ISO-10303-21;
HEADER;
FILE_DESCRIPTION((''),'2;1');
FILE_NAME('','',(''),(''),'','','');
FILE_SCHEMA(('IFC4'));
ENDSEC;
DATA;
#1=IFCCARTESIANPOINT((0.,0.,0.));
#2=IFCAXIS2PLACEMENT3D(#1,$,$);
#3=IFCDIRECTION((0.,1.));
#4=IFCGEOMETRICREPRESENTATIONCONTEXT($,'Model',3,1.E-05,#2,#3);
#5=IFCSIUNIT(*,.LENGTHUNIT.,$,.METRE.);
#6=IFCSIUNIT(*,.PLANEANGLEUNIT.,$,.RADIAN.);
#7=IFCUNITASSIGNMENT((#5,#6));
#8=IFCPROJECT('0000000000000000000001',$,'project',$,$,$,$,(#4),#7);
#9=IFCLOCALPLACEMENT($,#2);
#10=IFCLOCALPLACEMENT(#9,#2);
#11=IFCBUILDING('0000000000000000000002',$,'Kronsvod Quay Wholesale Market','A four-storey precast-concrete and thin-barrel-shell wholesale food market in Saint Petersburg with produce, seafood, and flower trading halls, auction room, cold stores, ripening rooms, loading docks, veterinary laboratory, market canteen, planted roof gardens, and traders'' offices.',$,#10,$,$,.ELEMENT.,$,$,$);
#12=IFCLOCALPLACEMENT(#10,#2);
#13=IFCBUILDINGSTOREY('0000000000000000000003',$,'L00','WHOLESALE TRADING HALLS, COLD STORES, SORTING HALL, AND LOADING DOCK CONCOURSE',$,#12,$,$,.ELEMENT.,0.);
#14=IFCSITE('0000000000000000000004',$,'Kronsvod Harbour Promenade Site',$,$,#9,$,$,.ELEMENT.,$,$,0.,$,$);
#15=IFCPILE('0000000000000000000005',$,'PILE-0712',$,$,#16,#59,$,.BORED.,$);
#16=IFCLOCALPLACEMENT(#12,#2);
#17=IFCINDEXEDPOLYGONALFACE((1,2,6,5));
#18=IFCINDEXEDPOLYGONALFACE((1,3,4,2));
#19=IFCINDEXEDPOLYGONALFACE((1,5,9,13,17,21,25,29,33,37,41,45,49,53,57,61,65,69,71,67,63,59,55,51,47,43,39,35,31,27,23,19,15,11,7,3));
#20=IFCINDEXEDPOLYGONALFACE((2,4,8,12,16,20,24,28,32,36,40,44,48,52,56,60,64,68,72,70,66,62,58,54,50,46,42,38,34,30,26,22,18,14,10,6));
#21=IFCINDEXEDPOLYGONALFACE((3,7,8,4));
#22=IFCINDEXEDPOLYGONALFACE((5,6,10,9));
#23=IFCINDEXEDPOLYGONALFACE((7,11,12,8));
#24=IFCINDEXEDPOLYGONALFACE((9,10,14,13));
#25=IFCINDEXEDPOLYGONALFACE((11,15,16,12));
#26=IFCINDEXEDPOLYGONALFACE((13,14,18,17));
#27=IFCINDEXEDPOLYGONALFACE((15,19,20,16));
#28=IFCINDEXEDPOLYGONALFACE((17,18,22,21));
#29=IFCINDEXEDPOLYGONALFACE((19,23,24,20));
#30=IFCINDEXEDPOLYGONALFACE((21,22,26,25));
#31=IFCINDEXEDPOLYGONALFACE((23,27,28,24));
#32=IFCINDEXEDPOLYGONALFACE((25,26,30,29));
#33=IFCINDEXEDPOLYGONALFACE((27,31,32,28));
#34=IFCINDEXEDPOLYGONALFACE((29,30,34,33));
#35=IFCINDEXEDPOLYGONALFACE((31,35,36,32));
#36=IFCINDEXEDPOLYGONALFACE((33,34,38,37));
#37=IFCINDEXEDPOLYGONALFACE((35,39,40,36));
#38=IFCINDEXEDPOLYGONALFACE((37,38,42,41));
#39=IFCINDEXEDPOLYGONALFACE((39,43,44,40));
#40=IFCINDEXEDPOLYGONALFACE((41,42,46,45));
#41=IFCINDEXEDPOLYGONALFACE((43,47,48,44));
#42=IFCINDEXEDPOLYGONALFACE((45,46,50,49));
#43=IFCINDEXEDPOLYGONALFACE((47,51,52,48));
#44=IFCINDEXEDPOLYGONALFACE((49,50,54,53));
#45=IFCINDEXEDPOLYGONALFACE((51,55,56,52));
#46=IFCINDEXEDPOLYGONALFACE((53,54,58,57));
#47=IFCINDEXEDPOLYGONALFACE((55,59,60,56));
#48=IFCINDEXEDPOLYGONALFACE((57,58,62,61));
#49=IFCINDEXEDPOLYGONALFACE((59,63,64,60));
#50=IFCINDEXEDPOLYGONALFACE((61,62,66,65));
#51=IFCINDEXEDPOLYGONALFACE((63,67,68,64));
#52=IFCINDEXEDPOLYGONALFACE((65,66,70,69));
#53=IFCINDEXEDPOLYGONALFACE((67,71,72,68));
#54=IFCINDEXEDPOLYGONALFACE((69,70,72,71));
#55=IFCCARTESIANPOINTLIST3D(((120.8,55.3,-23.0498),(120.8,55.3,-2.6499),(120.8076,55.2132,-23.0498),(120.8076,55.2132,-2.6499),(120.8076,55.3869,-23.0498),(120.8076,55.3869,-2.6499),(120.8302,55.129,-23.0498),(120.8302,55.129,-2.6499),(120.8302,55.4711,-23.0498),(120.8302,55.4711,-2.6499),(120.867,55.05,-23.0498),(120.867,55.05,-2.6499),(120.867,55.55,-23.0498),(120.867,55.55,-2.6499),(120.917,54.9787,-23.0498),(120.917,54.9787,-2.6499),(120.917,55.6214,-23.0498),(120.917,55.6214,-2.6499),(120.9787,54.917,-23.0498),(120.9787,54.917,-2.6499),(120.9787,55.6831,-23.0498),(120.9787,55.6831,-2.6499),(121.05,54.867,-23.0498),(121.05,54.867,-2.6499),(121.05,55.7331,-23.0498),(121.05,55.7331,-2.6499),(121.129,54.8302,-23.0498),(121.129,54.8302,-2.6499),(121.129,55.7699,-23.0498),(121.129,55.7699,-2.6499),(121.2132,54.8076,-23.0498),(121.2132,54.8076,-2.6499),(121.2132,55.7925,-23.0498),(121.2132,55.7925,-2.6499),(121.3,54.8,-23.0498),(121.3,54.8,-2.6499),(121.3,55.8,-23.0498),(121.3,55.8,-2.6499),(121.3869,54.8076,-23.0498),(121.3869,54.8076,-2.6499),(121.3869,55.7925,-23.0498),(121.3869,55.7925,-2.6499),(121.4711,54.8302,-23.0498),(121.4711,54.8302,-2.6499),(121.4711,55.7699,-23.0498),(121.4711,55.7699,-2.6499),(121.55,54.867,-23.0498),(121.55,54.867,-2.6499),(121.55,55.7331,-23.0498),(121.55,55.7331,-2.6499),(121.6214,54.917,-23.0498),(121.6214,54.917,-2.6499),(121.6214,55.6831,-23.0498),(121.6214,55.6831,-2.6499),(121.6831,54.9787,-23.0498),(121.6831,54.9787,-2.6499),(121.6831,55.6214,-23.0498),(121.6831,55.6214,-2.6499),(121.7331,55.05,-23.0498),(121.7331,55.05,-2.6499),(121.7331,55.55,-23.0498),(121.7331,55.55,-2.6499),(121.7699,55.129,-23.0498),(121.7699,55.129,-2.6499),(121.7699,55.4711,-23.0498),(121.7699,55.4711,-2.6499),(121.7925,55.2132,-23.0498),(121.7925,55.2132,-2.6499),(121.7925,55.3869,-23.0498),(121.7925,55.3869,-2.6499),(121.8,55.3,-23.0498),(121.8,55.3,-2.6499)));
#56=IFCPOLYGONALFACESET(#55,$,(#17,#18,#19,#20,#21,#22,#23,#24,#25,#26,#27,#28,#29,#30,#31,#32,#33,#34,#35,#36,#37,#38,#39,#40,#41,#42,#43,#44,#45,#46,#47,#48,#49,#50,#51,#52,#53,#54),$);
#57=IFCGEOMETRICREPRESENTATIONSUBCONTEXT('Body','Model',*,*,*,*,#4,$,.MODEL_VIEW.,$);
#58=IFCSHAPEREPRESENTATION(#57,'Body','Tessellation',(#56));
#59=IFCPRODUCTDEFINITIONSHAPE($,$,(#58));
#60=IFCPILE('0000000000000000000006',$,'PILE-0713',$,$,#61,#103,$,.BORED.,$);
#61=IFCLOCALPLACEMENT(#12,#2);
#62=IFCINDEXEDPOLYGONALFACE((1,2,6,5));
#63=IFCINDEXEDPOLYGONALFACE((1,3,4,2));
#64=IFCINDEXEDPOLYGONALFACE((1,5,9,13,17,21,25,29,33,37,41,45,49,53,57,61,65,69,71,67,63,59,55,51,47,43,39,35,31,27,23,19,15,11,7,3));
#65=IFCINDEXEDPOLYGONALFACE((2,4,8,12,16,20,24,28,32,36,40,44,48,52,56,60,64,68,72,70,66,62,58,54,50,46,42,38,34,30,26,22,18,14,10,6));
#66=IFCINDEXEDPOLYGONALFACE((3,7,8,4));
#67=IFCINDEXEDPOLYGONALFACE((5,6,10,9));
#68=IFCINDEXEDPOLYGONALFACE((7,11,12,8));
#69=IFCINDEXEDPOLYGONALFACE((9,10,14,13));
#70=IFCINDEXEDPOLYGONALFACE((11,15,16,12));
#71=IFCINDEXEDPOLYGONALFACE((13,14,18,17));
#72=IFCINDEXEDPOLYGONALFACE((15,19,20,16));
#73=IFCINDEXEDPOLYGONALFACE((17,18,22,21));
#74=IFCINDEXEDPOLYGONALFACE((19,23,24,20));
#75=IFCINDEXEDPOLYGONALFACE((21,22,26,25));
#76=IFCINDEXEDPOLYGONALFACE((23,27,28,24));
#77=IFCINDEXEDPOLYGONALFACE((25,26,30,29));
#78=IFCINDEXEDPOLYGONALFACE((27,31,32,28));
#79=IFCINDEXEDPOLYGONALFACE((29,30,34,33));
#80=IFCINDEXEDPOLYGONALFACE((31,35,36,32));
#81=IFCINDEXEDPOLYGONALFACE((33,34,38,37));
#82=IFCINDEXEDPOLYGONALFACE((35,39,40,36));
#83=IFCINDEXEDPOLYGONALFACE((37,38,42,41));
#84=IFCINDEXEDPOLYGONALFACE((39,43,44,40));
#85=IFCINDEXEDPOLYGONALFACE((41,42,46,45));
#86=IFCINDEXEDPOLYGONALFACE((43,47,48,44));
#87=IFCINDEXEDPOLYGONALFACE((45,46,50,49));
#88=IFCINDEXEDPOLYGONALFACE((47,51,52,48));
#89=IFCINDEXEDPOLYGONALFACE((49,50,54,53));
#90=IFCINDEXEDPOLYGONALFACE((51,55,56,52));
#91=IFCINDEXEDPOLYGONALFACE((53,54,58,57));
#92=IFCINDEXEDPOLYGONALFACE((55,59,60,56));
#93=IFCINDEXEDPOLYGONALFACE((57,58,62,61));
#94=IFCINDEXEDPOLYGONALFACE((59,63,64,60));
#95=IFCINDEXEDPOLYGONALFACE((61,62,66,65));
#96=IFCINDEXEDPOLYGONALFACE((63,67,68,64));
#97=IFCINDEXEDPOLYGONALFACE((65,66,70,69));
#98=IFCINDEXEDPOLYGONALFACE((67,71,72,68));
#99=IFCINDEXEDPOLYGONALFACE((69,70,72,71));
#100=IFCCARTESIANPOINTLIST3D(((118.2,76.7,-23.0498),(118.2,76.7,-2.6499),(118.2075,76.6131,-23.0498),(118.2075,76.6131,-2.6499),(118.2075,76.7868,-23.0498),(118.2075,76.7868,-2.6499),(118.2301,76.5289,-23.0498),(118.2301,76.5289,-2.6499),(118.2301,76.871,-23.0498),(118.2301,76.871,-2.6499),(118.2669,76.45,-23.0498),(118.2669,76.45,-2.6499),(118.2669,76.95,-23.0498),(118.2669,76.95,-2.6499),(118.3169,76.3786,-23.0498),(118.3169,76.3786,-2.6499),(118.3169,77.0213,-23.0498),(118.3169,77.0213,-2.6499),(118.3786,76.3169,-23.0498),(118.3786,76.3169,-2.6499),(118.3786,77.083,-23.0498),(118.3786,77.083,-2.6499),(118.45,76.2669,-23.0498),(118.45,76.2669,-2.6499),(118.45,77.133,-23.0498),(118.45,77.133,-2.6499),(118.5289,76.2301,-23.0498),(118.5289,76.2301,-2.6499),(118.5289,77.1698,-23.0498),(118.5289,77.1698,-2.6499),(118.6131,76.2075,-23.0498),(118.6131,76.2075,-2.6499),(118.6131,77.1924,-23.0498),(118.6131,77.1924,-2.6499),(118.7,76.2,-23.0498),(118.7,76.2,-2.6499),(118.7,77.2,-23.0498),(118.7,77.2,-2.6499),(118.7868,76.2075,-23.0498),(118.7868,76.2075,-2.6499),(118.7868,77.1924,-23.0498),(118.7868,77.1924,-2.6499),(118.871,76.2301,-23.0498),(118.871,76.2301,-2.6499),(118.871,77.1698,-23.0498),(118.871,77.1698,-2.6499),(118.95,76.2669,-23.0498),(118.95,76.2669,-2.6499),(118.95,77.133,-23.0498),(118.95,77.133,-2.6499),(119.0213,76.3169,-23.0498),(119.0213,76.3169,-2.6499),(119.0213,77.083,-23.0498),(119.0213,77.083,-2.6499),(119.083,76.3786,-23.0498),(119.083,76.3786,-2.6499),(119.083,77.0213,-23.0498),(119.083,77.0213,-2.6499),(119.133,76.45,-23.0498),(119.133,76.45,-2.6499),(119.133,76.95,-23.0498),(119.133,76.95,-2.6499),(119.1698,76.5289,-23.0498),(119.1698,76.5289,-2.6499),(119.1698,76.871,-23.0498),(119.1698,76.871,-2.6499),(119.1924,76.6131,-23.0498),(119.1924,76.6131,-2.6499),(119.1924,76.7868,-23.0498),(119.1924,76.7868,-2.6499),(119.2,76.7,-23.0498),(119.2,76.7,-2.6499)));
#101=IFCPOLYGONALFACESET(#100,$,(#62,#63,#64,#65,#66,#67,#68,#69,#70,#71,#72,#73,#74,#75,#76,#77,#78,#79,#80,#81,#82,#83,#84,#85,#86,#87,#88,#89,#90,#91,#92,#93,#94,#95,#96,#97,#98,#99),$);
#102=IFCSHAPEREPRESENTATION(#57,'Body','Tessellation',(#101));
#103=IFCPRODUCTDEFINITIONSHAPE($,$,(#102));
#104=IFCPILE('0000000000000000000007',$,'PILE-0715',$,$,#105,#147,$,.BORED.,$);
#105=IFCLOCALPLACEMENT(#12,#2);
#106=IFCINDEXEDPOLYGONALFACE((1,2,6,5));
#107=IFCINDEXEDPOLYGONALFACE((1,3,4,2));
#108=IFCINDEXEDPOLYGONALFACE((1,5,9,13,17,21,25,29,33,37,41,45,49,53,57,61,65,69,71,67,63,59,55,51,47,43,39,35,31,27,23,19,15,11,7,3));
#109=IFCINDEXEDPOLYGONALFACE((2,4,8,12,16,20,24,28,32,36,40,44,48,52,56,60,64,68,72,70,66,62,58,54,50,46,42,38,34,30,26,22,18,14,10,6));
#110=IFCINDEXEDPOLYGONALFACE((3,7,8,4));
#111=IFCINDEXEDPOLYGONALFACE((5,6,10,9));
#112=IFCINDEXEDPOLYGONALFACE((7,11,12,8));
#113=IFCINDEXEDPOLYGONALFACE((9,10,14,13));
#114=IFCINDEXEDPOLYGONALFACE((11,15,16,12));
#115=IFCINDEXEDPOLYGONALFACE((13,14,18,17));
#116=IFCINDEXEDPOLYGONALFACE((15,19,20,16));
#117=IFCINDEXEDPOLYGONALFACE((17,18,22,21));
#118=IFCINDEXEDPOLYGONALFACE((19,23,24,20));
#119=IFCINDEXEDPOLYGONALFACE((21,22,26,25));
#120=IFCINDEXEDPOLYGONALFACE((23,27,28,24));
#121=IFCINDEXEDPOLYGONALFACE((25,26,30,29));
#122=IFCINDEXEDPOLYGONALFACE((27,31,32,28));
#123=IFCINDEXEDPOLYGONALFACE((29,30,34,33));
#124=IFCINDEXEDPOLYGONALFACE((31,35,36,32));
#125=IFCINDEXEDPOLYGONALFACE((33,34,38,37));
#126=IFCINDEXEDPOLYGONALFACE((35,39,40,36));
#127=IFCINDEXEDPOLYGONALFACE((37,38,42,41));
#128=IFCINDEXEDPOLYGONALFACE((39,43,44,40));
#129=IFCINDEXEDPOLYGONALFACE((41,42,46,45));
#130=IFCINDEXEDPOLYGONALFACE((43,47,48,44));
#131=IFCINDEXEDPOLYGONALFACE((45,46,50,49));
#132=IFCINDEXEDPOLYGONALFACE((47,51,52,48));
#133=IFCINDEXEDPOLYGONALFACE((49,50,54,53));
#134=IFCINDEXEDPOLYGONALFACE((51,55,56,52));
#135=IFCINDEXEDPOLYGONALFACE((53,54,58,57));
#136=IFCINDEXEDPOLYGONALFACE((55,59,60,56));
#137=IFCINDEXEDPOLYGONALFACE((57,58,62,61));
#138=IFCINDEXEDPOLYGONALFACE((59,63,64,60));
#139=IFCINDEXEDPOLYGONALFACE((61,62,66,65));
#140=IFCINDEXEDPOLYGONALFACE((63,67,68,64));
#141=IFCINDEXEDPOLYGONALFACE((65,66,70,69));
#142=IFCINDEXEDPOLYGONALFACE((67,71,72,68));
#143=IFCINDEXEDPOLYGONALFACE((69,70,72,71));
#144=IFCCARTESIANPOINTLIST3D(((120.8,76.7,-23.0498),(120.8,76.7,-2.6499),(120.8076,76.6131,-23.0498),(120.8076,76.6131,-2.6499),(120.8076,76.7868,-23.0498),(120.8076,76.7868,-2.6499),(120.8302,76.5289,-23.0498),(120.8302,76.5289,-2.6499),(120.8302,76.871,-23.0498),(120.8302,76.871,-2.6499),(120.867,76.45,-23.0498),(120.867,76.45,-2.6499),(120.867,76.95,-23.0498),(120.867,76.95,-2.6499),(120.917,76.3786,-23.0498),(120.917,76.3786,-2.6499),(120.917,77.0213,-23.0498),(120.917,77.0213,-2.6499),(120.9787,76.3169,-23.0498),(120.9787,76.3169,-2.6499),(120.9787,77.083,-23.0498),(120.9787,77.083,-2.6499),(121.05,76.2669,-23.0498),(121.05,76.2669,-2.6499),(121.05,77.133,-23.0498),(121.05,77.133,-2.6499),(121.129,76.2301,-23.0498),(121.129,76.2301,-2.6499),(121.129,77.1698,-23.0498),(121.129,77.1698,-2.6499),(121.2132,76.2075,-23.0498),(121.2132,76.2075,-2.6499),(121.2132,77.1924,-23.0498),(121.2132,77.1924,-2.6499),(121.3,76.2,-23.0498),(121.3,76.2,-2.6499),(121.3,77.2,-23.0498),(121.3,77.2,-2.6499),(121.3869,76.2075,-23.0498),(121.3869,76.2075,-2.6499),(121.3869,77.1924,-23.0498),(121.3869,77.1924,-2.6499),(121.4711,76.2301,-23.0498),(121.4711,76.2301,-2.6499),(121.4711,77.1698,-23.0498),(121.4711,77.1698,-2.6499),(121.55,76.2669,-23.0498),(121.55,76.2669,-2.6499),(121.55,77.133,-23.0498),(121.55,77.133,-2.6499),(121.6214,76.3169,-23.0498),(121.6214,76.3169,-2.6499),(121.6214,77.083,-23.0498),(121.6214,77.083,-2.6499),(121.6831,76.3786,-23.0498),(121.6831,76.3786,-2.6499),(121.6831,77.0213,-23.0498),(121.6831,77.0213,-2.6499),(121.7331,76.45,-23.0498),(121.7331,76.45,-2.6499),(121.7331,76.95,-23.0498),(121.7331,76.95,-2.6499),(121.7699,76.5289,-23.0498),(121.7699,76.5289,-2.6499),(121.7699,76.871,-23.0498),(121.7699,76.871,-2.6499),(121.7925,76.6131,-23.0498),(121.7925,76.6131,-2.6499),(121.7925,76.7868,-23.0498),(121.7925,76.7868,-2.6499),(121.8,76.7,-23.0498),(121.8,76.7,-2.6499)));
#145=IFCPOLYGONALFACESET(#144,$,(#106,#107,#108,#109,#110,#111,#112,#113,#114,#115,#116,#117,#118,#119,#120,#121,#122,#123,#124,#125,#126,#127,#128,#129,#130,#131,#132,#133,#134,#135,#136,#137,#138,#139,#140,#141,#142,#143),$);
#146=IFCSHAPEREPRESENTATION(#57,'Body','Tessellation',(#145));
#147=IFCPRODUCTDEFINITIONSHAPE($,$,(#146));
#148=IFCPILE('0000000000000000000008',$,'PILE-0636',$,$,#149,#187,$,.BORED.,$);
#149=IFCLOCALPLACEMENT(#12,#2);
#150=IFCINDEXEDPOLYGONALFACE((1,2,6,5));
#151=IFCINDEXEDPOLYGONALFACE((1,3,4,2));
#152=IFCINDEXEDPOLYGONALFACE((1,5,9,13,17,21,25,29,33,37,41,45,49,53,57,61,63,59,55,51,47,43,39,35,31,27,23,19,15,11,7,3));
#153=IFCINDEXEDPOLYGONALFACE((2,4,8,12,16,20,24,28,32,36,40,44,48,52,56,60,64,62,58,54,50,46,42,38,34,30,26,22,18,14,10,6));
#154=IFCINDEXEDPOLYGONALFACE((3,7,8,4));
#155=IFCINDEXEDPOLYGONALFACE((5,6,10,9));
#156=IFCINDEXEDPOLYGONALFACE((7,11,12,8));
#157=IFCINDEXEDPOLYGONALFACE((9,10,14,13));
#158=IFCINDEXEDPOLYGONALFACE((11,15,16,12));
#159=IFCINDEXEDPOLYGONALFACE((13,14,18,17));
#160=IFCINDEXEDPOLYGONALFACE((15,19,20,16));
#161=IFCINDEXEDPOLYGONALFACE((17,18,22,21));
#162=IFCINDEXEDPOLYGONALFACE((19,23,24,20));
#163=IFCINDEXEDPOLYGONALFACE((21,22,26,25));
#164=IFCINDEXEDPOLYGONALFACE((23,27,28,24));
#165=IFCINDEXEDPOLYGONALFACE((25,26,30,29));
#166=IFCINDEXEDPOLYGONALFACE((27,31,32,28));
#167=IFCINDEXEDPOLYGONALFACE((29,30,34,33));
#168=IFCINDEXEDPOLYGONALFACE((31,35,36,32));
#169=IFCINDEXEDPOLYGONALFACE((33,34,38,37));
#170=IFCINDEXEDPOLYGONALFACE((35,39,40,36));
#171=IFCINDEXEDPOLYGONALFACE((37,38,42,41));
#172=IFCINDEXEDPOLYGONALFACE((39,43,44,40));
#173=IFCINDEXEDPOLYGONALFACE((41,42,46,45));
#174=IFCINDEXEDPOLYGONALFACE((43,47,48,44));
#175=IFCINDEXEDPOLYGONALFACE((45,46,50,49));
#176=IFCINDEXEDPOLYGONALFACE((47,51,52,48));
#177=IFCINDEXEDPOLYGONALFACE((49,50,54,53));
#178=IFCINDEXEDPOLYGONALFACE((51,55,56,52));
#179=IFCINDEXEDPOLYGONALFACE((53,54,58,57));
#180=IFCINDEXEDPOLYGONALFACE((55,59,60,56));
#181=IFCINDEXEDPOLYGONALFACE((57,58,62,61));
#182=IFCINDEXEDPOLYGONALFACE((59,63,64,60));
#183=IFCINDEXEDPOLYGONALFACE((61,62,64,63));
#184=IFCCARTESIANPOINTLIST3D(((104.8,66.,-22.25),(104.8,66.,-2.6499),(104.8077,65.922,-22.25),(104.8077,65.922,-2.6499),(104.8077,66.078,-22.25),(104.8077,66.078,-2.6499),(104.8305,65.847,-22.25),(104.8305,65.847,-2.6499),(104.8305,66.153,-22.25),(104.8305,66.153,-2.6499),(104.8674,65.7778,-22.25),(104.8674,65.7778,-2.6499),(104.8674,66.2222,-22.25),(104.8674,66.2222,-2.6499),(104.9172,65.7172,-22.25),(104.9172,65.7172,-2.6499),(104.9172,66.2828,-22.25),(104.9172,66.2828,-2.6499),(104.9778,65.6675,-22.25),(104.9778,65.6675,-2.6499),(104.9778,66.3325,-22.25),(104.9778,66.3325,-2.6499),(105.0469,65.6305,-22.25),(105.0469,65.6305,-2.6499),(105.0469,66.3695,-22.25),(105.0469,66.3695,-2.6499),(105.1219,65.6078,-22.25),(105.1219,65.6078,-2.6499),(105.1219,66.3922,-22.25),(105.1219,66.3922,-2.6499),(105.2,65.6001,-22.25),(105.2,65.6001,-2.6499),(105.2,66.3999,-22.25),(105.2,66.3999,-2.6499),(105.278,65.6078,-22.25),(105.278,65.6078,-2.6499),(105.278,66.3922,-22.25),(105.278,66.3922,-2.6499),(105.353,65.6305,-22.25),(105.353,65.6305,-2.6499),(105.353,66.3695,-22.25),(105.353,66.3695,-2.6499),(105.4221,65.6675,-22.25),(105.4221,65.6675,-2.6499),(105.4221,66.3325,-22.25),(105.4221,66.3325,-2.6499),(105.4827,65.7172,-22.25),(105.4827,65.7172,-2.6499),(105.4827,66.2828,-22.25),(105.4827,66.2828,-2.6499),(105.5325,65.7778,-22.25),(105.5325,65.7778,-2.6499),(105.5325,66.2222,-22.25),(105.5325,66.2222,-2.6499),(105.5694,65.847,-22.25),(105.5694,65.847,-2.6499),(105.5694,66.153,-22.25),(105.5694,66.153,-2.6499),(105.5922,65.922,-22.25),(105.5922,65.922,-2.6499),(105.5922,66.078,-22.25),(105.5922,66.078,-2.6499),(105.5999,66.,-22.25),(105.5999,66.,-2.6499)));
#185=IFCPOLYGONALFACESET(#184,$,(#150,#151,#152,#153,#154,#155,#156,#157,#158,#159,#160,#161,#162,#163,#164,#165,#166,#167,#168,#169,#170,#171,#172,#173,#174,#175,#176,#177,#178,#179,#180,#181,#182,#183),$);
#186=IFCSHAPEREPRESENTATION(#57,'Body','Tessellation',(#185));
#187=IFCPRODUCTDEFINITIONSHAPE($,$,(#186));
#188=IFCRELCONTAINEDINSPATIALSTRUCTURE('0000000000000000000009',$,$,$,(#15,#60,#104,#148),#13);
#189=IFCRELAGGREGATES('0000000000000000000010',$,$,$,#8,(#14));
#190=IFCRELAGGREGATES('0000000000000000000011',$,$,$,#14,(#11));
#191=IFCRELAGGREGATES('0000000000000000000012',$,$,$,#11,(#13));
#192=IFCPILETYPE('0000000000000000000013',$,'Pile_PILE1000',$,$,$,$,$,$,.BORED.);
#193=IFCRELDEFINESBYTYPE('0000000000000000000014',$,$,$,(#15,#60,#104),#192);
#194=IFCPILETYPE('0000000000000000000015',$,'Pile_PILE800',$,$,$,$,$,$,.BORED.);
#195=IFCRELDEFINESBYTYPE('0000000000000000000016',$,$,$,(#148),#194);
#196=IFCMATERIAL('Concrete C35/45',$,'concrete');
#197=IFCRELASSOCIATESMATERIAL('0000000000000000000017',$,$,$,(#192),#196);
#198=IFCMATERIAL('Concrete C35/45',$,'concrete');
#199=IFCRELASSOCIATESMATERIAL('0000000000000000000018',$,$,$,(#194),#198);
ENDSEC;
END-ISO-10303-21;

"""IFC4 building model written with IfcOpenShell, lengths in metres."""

from ifc_helpers import new_model, si_unit, direction, frame, origin, origin_2d, place, context, subcontext, project, spatial, circle, extrude, material, material_profile, profile_set, type_object, element, save


model = new_model("IFC4")

# Units and contexts
model_context = context("Model", 3, precision=1e-05, world=origin(), true_north=direction((0.0, 1.0)))
body_context = subcontext(model_context, "Body", "Model", "MODEL_VIEW")
ifc_project = project(units=[si_unit("LENGTHUNIT", "METRE"), si_unit("PLANEANGLEUNIT", "RADIAN")], contexts=[model_context])

# Site, building, storey
site_placement = place(None, origin())
site = spatial("IfcSite", under=ifc_project, at=site_placement, Name="Kronsvod Harbour Promenade Site", CompositionType="ELEMENT", RefElevation=0.0)
building_placement = place(site_placement, origin())
building = spatial("IfcBuilding", under=site, at=building_placement, Name="Kronsvod Quay Wholesale Market", Description="A four-storey precast-concrete and thin-barrel-shell wholesale food market in Saint Petersburg with produce, seafood, and flower trading halls, auction room, cold stores, ripening rooms, loading docks, veterinary laboratory, market canteen, planted roof gardens, and traders' offices.", CompositionType="ELEMENT")
storey_placement = place(building_placement, origin())
storey = spatial("IfcBuildingStorey", under=building, at=storey_placement, Name="L00", Description="WHOLESALE TRADING HALLS, COLD STORES, SORTING HALL, AND LOADING DOCK CONCOURSE", CompositionType="ELEMENT", Elevation=0.0)

# Piles
ifc_material_1 = material(Name="Concrete C35/45", Category="concrete")
ifc_material_profile_1 = material_profile(ifc_material_1, circle(Radius=0.5, at=origin_2d()), Name="PILE1000")
ifc_profile_set_1 = profile_set([ifc_material_profile_1], Name="Concrete C35/45")
pile_type_1 = type_object("IfcPileType", Name="Pile_PILE1000", PredefinedType="BORED", material=ifc_profile_set_1)
for number, where, z_axis, x_axis, name in (
    (1, (121.3, 55.3, -2.6499), (0.0, 0.0, -1.0), (1.0, 0.0, 0.0), "PILE-0712"),
    (2, (118.7, 76.7, -2.6499), (0.0, 0.0, -1.0), (1.0, 0.0, 0.0), "PILE-0713"),
    (3, (121.3, 76.7, -2.6499), (0.0, 0.0, -1.0), (1.0, 0.0, 0.0), "PILE-0715"),
):
    element("IfcPile", number, at=place(storey_placement, frame(where, z_axis=z_axis, x_axis=x_axis)), inside=storey, type_object=pile_type_1, Name=name, PredefinedType="BORED", context=body_context, shape_type="SweptSolid", body=[
        extrude(circle(Radius=0.5, at=origin_2d()), origin(), (0.0, 0.0, 1.0), 20.3999),
    ])
ifc_material_2 = material(Name="Concrete C35/45", Category="concrete")
ifc_material_profile_2 = material_profile(ifc_material_2, circle(Radius=0.3999, at=origin_2d()), Name="PILE800")
ifc_profile_set_2 = profile_set([ifc_material_profile_2], Name="Concrete C35/45")
pile_type_2 = type_object("IfcPileType", Name="Pile_PILE800", PredefinedType="BORED", material=ifc_profile_set_2)
pile_placement = place(storey_placement, frame((105.2, 66.0, -2.6499), z_axis=(0.0, 0.0, -1.0), x_axis=(1.0, 0.0, 0.0)))
element("IfcPile", 4, at=pile_placement, inside=storey, type_object=pile_type_2, Name="PILE-0636", PredefinedType="BORED", context=body_context, shape_type="SweptSolid", body=[
    extrude(circle(Radius=0.3999, at=origin_2d()), origin(), (0.0, 0.0, 1.0), 19.6001),
])

save(model, "model.ifc")
